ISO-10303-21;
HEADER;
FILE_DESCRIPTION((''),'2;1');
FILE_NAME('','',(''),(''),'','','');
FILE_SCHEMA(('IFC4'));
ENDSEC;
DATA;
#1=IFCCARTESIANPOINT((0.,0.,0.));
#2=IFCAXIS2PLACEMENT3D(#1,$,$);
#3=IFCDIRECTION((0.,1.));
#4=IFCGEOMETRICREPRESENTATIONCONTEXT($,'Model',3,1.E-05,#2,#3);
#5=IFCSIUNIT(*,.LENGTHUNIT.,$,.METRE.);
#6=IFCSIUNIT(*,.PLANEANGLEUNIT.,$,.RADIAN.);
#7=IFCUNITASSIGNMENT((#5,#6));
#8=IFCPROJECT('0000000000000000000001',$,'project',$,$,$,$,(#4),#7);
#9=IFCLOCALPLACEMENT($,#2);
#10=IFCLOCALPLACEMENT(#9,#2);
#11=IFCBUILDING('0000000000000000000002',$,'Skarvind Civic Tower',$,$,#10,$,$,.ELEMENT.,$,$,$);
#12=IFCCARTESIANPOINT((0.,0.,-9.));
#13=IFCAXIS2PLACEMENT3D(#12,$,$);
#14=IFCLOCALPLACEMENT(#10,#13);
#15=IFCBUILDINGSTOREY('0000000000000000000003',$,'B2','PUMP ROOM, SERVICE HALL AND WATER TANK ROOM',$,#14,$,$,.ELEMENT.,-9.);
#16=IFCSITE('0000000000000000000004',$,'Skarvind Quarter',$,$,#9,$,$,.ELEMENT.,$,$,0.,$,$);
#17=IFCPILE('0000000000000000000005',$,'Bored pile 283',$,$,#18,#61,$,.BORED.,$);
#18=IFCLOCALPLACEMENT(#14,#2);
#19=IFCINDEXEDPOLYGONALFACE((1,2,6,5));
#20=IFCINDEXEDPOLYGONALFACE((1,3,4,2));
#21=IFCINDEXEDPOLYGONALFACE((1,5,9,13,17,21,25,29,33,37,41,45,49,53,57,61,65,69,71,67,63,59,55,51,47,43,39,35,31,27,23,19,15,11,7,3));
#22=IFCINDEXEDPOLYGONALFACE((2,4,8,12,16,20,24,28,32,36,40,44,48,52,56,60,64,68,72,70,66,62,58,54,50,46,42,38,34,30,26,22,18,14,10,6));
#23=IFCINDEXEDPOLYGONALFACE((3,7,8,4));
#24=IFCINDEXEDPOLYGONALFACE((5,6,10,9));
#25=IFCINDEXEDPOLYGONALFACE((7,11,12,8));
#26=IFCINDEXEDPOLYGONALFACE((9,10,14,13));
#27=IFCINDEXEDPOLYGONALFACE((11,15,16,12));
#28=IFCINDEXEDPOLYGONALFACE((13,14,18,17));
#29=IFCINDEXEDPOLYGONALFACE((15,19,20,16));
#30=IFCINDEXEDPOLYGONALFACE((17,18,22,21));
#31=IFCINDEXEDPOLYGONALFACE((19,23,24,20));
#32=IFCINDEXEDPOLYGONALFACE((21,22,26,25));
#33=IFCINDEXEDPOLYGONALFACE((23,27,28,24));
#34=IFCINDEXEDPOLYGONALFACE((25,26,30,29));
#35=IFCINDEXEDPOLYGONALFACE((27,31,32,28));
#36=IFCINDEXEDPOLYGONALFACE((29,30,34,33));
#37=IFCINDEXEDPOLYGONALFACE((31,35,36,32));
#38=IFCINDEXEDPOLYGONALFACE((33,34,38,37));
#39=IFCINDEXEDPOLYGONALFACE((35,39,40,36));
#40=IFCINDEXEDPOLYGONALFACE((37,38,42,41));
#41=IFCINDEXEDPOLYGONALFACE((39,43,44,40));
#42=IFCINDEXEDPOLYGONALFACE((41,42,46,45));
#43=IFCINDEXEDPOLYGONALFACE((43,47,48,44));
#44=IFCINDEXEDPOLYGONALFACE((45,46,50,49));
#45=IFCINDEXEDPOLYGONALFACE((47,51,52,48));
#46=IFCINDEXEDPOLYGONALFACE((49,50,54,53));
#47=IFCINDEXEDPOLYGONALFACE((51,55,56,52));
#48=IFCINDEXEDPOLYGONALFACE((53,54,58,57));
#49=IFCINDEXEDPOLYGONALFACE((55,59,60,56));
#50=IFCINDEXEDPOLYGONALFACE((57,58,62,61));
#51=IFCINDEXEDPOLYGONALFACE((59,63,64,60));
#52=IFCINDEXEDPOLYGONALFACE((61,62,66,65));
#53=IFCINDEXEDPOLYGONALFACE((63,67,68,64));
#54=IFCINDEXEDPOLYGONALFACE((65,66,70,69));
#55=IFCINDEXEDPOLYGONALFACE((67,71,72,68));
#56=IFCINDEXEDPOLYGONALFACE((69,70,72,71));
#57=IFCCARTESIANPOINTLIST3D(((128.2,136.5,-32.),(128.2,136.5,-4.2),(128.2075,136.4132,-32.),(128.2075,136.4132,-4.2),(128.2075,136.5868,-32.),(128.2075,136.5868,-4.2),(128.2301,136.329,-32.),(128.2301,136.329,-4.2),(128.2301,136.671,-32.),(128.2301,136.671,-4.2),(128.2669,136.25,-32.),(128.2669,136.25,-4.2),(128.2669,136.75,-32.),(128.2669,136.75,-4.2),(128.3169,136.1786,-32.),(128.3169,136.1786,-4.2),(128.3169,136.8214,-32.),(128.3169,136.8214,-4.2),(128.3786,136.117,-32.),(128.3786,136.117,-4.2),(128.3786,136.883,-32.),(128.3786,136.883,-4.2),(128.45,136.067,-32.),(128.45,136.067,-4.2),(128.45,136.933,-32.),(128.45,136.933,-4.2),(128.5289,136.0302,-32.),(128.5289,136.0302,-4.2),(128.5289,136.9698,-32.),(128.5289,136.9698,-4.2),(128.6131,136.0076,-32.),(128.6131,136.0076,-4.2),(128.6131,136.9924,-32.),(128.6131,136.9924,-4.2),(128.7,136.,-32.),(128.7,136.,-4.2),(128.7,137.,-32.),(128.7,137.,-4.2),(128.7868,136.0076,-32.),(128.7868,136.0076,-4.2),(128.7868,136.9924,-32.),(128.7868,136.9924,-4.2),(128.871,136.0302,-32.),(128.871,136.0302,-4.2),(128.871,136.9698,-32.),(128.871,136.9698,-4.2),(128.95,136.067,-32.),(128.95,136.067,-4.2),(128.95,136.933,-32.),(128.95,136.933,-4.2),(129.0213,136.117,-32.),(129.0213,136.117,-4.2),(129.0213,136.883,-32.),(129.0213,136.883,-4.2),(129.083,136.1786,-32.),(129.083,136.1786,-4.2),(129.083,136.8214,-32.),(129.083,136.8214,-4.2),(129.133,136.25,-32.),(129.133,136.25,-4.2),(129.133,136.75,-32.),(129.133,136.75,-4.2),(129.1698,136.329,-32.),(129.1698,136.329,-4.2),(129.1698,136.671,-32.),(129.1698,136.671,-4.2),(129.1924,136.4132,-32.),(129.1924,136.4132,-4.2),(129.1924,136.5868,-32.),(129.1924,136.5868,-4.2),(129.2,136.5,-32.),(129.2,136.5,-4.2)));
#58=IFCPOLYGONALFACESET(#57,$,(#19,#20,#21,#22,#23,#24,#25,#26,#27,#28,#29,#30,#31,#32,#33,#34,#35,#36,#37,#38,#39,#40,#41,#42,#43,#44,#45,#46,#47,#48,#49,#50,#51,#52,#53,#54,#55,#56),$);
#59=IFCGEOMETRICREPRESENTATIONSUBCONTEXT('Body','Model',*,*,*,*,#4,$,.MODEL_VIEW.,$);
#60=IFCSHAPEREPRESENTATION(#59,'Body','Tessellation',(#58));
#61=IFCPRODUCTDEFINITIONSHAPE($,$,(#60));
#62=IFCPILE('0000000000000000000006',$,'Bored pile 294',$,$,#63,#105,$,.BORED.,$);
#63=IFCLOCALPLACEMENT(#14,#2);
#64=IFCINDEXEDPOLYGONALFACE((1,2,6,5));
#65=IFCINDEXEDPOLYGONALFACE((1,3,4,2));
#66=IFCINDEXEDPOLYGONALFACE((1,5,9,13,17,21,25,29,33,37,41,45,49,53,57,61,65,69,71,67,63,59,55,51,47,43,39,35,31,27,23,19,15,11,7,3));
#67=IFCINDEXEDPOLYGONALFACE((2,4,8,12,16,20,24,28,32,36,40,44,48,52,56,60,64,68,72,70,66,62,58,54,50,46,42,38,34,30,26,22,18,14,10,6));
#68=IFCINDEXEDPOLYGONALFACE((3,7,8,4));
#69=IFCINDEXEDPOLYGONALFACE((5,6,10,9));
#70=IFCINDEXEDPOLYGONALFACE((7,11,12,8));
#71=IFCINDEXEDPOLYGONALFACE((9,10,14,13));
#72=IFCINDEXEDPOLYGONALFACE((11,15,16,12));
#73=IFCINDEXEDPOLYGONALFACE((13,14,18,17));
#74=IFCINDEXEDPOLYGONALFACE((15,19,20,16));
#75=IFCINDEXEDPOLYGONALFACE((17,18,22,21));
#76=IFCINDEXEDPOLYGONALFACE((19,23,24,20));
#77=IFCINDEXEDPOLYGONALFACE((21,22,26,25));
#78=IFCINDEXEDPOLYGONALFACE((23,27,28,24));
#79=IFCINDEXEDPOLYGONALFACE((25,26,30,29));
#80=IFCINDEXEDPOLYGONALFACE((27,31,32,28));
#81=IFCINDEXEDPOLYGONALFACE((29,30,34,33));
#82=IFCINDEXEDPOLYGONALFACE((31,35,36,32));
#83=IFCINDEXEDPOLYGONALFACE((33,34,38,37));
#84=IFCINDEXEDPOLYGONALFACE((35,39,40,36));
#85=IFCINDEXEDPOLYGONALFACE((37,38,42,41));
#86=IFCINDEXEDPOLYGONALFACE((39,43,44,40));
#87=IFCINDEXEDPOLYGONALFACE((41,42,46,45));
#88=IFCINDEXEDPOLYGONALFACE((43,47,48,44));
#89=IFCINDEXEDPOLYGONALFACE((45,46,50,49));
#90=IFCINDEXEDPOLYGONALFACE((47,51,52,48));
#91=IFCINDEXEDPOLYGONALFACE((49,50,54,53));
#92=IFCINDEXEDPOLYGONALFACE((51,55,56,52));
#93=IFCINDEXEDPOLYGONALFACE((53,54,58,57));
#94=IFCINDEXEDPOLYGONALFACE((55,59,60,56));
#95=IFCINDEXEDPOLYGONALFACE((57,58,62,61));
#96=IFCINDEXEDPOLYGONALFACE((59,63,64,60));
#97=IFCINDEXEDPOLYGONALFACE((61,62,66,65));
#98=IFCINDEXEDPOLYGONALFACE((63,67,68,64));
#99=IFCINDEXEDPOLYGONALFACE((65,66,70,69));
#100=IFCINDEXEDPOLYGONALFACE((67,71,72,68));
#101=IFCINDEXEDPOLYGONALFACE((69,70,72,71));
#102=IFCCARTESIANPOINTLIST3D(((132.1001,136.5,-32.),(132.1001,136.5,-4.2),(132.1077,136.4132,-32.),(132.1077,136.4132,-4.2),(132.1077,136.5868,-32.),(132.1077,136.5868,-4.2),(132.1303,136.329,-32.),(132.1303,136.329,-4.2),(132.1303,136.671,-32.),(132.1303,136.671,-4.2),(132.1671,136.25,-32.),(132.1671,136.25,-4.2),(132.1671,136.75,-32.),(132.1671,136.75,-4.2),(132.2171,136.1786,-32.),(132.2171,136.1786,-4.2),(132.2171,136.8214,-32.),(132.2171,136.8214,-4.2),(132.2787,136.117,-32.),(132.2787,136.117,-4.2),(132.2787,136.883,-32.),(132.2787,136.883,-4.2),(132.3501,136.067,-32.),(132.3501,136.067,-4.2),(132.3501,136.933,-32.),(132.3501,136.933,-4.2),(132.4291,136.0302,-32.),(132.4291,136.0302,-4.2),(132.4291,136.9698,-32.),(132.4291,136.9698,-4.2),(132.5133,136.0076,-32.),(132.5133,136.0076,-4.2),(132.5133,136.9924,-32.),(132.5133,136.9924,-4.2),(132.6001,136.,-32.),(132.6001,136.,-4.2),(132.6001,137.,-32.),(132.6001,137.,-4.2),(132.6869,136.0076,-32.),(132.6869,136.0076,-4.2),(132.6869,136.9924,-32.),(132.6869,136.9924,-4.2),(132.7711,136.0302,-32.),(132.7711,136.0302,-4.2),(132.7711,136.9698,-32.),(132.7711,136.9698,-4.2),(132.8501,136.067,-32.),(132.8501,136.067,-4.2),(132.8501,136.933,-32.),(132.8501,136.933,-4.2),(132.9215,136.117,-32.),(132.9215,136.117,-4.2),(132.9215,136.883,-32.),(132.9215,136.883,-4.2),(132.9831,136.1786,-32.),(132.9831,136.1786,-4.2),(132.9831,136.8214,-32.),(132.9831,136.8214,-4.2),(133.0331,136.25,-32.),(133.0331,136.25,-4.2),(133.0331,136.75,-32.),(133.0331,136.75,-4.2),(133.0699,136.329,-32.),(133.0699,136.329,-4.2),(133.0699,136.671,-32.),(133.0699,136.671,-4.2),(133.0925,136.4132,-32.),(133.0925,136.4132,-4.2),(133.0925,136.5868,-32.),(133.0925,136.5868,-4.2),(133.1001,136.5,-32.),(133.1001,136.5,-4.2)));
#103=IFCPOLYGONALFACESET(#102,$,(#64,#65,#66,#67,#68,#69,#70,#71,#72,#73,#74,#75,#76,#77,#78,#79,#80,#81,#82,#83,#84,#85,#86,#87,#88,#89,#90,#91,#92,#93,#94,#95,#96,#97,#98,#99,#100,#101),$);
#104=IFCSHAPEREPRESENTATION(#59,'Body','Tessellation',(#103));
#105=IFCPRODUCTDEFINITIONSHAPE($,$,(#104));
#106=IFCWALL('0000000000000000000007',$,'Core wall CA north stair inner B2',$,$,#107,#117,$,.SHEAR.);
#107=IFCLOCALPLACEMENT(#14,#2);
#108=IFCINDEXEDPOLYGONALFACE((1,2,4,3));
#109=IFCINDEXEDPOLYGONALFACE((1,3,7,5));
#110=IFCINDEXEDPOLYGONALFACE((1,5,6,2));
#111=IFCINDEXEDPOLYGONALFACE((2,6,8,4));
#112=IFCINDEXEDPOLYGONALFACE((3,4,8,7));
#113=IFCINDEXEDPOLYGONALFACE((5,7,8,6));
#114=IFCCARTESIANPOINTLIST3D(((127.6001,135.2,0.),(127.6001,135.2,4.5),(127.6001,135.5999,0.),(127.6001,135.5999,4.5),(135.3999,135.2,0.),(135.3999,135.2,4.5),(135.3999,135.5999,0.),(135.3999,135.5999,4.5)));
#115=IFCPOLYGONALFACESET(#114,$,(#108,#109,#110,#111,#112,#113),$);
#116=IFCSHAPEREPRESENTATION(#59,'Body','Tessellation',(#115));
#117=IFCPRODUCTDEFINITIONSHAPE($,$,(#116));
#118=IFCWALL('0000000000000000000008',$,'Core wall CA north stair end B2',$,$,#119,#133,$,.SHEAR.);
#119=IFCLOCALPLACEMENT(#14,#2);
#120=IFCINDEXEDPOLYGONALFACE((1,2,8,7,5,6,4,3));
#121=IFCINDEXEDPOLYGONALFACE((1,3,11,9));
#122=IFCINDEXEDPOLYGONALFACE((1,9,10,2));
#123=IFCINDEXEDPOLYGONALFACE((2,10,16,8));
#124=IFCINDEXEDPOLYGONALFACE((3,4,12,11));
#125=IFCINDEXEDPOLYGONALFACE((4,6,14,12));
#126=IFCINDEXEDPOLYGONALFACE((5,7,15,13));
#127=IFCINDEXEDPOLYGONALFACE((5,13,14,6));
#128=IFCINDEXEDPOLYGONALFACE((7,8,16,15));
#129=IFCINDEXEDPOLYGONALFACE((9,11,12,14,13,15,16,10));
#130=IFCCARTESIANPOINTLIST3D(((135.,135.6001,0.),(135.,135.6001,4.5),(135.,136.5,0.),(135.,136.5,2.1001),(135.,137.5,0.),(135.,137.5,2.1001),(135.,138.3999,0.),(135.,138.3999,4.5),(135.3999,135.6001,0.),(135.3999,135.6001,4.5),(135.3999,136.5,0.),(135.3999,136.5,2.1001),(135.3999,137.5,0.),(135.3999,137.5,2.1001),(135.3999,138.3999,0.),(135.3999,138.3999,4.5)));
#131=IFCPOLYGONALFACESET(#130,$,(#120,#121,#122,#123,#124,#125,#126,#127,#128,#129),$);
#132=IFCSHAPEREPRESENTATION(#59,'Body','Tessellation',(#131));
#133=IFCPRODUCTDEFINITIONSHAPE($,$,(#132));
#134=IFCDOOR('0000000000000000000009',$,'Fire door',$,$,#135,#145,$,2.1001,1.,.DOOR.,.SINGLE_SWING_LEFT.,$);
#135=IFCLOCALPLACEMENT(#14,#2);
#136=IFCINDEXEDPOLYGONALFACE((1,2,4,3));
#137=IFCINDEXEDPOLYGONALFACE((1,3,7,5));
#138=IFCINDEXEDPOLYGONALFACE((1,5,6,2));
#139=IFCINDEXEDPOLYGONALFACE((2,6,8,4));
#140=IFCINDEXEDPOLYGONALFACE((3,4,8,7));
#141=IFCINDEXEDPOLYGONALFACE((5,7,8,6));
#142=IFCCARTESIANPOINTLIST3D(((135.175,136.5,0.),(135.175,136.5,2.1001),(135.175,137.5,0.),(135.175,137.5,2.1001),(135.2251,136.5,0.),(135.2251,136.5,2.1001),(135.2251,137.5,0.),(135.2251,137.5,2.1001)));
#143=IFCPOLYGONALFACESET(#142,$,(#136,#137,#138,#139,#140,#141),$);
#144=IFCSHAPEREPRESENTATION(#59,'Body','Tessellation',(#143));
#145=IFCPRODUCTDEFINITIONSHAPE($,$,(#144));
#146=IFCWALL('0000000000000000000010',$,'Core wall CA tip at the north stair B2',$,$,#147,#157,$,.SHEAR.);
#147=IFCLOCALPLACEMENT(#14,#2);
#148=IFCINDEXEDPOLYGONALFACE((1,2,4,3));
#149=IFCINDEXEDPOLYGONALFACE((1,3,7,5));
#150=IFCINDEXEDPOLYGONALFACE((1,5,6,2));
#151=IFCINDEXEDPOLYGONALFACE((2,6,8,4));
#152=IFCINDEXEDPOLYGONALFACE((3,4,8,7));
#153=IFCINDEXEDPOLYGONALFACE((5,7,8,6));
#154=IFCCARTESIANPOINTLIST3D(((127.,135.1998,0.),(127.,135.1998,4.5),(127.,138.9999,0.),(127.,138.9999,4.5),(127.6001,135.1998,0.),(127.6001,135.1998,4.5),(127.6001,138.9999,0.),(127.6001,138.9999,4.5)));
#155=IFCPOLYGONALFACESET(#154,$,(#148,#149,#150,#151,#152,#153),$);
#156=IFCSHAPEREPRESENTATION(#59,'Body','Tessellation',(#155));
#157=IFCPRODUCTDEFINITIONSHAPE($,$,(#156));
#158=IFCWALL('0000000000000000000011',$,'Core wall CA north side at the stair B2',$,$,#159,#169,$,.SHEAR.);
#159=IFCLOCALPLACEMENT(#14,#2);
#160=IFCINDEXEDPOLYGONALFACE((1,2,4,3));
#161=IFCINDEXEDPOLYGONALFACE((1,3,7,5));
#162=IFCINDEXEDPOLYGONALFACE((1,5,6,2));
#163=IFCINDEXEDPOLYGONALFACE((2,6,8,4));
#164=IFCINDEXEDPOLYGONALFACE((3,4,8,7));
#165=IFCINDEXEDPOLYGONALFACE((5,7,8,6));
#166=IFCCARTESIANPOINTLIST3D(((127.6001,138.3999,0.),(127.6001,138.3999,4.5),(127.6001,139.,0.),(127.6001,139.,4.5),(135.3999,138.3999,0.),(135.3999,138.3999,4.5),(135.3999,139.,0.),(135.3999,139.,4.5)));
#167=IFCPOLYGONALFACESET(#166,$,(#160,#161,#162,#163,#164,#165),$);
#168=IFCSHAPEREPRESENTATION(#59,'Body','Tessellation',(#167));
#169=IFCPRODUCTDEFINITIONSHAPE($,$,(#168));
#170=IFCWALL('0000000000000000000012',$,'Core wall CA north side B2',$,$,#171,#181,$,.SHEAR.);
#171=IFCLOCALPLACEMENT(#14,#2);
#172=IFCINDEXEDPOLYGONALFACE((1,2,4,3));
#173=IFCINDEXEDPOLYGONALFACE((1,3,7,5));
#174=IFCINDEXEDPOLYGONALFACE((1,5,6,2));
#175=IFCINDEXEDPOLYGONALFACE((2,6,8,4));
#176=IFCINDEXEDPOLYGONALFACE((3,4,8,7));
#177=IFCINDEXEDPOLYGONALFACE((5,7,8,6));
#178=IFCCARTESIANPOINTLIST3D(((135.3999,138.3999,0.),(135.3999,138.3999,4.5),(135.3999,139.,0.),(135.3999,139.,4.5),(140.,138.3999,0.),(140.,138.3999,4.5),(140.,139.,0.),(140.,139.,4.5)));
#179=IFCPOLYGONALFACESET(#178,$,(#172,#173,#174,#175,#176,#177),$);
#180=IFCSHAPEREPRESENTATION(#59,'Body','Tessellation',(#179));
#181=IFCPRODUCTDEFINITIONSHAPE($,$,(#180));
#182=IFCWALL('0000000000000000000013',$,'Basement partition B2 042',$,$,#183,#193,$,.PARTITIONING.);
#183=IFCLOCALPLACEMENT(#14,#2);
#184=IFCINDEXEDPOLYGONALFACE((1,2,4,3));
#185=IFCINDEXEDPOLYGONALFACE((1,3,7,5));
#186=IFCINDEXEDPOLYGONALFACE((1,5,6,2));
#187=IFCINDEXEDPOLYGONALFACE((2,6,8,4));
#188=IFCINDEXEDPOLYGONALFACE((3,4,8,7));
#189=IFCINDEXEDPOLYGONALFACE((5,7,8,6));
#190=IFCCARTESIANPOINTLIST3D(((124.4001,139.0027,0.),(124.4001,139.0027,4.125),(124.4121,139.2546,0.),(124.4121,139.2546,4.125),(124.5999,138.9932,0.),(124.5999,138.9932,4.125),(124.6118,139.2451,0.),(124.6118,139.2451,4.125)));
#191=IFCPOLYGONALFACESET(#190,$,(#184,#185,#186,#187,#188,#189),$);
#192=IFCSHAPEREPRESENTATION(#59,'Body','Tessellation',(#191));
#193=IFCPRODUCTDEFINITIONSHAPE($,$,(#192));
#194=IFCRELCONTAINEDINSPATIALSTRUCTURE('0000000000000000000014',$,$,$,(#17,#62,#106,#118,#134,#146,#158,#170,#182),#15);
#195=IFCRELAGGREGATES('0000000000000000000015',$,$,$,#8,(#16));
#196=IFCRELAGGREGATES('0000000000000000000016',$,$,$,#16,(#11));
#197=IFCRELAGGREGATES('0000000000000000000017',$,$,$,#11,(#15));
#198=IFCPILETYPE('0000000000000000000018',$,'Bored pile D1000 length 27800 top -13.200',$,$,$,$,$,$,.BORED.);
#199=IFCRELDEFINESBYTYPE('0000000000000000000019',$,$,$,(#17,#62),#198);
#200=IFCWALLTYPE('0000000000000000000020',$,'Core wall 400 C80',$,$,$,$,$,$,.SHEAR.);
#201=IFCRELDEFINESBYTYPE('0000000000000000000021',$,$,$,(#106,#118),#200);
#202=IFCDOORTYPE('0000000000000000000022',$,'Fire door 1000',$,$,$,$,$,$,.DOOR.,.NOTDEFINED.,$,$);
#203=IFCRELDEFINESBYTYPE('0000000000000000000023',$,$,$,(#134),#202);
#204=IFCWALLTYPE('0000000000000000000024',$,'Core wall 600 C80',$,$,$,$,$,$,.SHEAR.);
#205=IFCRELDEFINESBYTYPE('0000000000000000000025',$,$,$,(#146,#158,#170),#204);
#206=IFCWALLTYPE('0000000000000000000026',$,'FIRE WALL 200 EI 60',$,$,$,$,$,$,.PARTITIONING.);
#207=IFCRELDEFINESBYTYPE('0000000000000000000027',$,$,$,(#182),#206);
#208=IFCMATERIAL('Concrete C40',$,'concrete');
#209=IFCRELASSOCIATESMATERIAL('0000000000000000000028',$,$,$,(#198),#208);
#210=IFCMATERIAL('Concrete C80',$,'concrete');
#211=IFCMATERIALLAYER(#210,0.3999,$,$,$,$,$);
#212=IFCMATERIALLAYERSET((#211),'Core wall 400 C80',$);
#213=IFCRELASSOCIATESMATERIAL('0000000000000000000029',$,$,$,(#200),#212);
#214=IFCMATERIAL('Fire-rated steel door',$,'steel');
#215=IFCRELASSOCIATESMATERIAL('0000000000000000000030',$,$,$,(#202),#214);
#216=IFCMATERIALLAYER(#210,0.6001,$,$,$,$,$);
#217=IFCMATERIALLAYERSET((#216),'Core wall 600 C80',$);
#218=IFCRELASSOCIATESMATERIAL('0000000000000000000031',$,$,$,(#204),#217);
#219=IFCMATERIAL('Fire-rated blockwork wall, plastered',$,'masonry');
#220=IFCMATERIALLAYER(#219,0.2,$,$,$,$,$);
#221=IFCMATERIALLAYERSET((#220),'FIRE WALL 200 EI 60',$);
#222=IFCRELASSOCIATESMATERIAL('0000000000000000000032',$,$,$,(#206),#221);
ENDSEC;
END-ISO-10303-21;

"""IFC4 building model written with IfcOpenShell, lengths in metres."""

from ifc_helpers import new_model, si_unit, direction, frame, frame_2d, origin, origin_2d, place, context, subcontext, project, spatial, rectangle, circle, extrude, material, layer, layer_set, type_object, element, fill, save


model = new_model("IFC4")

# Units and contexts
model_context = context("Model", 3, precision=1e-05, world=origin(), true_north=direction((0.0, 1.0)))
body_context = subcontext(model_context, "Body", "Model", "MODEL_VIEW")
ifc_project = project(units=[si_unit("LENGTHUNIT", "METRE"), si_unit("PLANEANGLEUNIT", "RADIAN")], contexts=[model_context])

# Site, building, storey
site_placement = place(None, origin())
site = spatial("IfcSite", under=ifc_project, at=site_placement, Name="Skarvind Quarter", CompositionType="ELEMENT", RefElevation=0.0)
building_placement = place(site_placement, origin())
building = spatial("IfcBuilding", under=site, at=building_placement, Name="Skarvind Civic Tower", CompositionType="ELEMENT")
storey_placement = place(building_placement, frame((0.0, 0.0, -9.0)))
storey = spatial("IfcBuildingStorey", under=building, at=storey_placement, Name="B2", Description="PUMP ROOM, SERVICE HALL AND WATER TANK ROOM", CompositionType="ELEMENT", Elevation=-9.0)

# Piles
ifc_material_1 = material(Name="Concrete C40", Category="concrete")
pile_type = type_object("IfcPileType", Name="Bored pile D1000 length 27800 top -13.200", PredefinedType="BORED", material=ifc_material_1)
for number, where, z_axis, x_axis, name in (
    (1, (128.7, 136.5, -4.2), (0.0, 0.0, -1.0), (1.0, 0.0, 0.0), "Bored pile 283"),
    (2, (132.6001, 136.5, -4.2), (0.0, 0.0, -1.0), (1.0, 0.0, 0.0), "Bored pile 294"),
):
    element("IfcPile", number, at=place(storey_placement, frame(where, z_axis=z_axis, x_axis=x_axis)), inside=storey, type_object=pile_type, Name=name, PredefinedType="BORED", context=body_context, shape_type="SweptSolid", body=[
        extrude(circle(Radius=0.5, at=origin_2d()), origin(), (0.0, 0.0, 1.0), 27.8),
    ])

# Wall
ifc_material_2 = material(Name="Concrete C80", Category="concrete")
ifc_layer_1 = layer(ifc_material_2, 0.3999)
ifc_layer_set_1 = layer_set([ifc_layer_1], Name="Core wall 400 C80")
wall_type_1 = type_object("IfcWallType", Name="Core wall 400 C80", PredefinedType="SHEAR", material=ifc_layer_set_1)
wall_1_placement = place(storey_placement, frame((127.6001, 135.3999, 0.0), z_axis=(0.0, 0.0, 1.0), x_axis=(1.0, 0.0, 0.0)))
element("IfcWall", 3, at=wall_1_placement, inside=storey, type_object=wall_type_1, Name="Core wall CA north stair inner B2", PredefinedType="SHEAR", context=body_context, shape_type="SweptSolid", body=[
    extrude(rectangle(XDim=7.7998, YDim=0.3999, at=frame_2d((3.8999, 0.0))), origin(), (0.0, 0.0, 1.0), 4.5),
])

# Wall, opening, door
wall_2_placement = place(storey_placement, frame((135.2, 135.6001, 0.0), z_axis=(0.0, 0.0, 1.0), x_axis=(0.0, 1.0, 0.0)))
wall_2 = element("IfcWall", 4, at=wall_2_placement, inside=storey, type_object=wall_type_1, Name="Core wall CA north stair end B2", PredefinedType="SHEAR", context=body_context, shape_type="SweptSolid", body=[
    extrude(rectangle(XDim=2.7998, YDim=0.3999, at=frame_2d((1.3999, 0.0))), origin(), (0.0, 0.0, 1.0), 4.5),
])
opening_1_placement = place(wall_2_placement, frame((0.8999, 0.0, 0.0)))
opening_1 = element("IfcOpeningElement", 5, at=opening_1_placement, cuts=wall_2, PredefinedType="OPENING", context=body_context, shape_type="SweptSolid", body=[
    extrude(rectangle(XDim=1.0, YDim=2.1001, at=frame_2d((0.5, 1.05))), frame((0.0, 0.21, 0.0), z_axis=(0.0, -1.0, 0.0), x_axis=(1.0, 0.0, 0.0)), (0.0, 0.0, 1.0), 0.4199),
])
ifc_material_3 = material(Name="Fire-rated steel door", Category="steel")
door_type_1 = type_object("IfcDoorType", Name="Fire door 1000", OperationType="NOTDEFINED", PredefinedType="DOOR", material=ifc_material_3)
door_1_placement = place(opening_1_placement, origin())
door_1 = element("IfcDoor", 6, at=door_1_placement, inside=storey, type_object=door_type_1, Name="Fire door", OperationType="SINGLE_SWING_LEFT", OverallHeight=2.1001, OverallWidth=1.0, PredefinedType="DOOR", context=body_context, shape_type="SweptSolid", body=[
    extrude(rectangle(XDim=1.0, YDim=2.1001, at=frame_2d((0.5, 1.05))), frame((0.0, 0.0249, 0.0), z_axis=(0.0, -1.0, 0.0), x_axis=(1.0, 0.0, 0.0)), (0.0, 0.0, 1.0), 0.05),
])
fill(opening_1, door_1)

# Walls
ifc_layer_2 = layer(ifc_material_2, 0.6001)
ifc_layer_set_2 = layer_set([ifc_layer_2], Name="Core wall 600 C80")
wall_type_2 = type_object("IfcWallType", Name="Core wall 600 C80", PredefinedType="SHEAR", material=ifc_layer_set_2)
wall_3_placement = place(storey_placement, frame((127.3, 135.2, 0.0), z_axis=(0.0, 0.0, 1.0), x_axis=(0.0, 1.0, 0.0)))
element("IfcWall", 7, at=wall_3_placement, inside=storey, type_object=wall_type_2, Name="Core wall CA tip at the north stair B2", PredefinedType="SHEAR", context=body_context, shape_type="SweptSolid", body=[
    extrude(rectangle(XDim=3.8, YDim=0.6001, at=frame_2d((1.8999, 0.0))), origin(), (0.0, 0.0, 1.0), 4.5),
])
wall_4_placement = place(storey_placement, frame((127.6001, 138.7, 0.0), z_axis=(0.0, 0.0, 1.0), x_axis=(1.0, 0.0, 0.0)))
element("IfcWall", 8, at=wall_4_placement, inside=storey, type_object=wall_type_2, Name="Core wall CA north side at the stair B2", PredefinedType="SHEAR", context=body_context, shape_type="SweptSolid", body=[
    extrude(rectangle(XDim=7.7998, YDim=0.6001, at=frame_2d((3.8999, 0.0))), origin(), (0.0, 0.0, 1.0), 4.5),
])
wall_5_placement = place(storey_placement, frame((135.3999, 138.7, 0.0), z_axis=(0.0, 0.0, 1.0), x_axis=(1.0, 0.0, 0.0)))
element("IfcWall", 9, at=wall_5_placement, inside=storey, type_object=wall_type_2, Name="Core wall CA north side B2", PredefinedType="SHEAR", context=body_context, shape_type="SweptSolid", body=[
    extrude(rectangle(XDim=4.6001, YDim=0.6001, at=frame_2d((2.3, 0.0))), origin(), (0.0, 0.0, 1.0), 4.5),
])
ifc_material_4 = material(Name="Fire-rated blockwork wall, plastered", Category="masonry")
ifc_layer_3 = layer(ifc_material_4, 0.2)
ifc_layer_set_3 = layer_set([ifc_layer_3], Name="FIRE WALL 200 EI 60")
wall_type_3 = type_object("IfcWallType", Name="FIRE WALL 200 EI 60", PredefinedType="PARTITIONING", material=ifc_layer_set_3)
wall_6_placement = place(storey_placement, frame((124.5, 138.998, 0.0), z_axis=(0.0, 0.0, 1.0), x_axis=(0.047427, 0.998875, 0.0)))
element("IfcWall", 10, at=wall_6_placement, inside=storey, type_object=wall_type_3, Name="Basement partition B2 042", PredefinedType="PARTITIONING", context=body_context, shape_type="SweptSolid", body=[
    extrude(rectangle(XDim=0.2522, YDim=0.2, at=frame_2d((0.126, 0.0))), origin(), (0.0, 0.0, 1.0), 4.125),
])

save(model, "model.ifc")
